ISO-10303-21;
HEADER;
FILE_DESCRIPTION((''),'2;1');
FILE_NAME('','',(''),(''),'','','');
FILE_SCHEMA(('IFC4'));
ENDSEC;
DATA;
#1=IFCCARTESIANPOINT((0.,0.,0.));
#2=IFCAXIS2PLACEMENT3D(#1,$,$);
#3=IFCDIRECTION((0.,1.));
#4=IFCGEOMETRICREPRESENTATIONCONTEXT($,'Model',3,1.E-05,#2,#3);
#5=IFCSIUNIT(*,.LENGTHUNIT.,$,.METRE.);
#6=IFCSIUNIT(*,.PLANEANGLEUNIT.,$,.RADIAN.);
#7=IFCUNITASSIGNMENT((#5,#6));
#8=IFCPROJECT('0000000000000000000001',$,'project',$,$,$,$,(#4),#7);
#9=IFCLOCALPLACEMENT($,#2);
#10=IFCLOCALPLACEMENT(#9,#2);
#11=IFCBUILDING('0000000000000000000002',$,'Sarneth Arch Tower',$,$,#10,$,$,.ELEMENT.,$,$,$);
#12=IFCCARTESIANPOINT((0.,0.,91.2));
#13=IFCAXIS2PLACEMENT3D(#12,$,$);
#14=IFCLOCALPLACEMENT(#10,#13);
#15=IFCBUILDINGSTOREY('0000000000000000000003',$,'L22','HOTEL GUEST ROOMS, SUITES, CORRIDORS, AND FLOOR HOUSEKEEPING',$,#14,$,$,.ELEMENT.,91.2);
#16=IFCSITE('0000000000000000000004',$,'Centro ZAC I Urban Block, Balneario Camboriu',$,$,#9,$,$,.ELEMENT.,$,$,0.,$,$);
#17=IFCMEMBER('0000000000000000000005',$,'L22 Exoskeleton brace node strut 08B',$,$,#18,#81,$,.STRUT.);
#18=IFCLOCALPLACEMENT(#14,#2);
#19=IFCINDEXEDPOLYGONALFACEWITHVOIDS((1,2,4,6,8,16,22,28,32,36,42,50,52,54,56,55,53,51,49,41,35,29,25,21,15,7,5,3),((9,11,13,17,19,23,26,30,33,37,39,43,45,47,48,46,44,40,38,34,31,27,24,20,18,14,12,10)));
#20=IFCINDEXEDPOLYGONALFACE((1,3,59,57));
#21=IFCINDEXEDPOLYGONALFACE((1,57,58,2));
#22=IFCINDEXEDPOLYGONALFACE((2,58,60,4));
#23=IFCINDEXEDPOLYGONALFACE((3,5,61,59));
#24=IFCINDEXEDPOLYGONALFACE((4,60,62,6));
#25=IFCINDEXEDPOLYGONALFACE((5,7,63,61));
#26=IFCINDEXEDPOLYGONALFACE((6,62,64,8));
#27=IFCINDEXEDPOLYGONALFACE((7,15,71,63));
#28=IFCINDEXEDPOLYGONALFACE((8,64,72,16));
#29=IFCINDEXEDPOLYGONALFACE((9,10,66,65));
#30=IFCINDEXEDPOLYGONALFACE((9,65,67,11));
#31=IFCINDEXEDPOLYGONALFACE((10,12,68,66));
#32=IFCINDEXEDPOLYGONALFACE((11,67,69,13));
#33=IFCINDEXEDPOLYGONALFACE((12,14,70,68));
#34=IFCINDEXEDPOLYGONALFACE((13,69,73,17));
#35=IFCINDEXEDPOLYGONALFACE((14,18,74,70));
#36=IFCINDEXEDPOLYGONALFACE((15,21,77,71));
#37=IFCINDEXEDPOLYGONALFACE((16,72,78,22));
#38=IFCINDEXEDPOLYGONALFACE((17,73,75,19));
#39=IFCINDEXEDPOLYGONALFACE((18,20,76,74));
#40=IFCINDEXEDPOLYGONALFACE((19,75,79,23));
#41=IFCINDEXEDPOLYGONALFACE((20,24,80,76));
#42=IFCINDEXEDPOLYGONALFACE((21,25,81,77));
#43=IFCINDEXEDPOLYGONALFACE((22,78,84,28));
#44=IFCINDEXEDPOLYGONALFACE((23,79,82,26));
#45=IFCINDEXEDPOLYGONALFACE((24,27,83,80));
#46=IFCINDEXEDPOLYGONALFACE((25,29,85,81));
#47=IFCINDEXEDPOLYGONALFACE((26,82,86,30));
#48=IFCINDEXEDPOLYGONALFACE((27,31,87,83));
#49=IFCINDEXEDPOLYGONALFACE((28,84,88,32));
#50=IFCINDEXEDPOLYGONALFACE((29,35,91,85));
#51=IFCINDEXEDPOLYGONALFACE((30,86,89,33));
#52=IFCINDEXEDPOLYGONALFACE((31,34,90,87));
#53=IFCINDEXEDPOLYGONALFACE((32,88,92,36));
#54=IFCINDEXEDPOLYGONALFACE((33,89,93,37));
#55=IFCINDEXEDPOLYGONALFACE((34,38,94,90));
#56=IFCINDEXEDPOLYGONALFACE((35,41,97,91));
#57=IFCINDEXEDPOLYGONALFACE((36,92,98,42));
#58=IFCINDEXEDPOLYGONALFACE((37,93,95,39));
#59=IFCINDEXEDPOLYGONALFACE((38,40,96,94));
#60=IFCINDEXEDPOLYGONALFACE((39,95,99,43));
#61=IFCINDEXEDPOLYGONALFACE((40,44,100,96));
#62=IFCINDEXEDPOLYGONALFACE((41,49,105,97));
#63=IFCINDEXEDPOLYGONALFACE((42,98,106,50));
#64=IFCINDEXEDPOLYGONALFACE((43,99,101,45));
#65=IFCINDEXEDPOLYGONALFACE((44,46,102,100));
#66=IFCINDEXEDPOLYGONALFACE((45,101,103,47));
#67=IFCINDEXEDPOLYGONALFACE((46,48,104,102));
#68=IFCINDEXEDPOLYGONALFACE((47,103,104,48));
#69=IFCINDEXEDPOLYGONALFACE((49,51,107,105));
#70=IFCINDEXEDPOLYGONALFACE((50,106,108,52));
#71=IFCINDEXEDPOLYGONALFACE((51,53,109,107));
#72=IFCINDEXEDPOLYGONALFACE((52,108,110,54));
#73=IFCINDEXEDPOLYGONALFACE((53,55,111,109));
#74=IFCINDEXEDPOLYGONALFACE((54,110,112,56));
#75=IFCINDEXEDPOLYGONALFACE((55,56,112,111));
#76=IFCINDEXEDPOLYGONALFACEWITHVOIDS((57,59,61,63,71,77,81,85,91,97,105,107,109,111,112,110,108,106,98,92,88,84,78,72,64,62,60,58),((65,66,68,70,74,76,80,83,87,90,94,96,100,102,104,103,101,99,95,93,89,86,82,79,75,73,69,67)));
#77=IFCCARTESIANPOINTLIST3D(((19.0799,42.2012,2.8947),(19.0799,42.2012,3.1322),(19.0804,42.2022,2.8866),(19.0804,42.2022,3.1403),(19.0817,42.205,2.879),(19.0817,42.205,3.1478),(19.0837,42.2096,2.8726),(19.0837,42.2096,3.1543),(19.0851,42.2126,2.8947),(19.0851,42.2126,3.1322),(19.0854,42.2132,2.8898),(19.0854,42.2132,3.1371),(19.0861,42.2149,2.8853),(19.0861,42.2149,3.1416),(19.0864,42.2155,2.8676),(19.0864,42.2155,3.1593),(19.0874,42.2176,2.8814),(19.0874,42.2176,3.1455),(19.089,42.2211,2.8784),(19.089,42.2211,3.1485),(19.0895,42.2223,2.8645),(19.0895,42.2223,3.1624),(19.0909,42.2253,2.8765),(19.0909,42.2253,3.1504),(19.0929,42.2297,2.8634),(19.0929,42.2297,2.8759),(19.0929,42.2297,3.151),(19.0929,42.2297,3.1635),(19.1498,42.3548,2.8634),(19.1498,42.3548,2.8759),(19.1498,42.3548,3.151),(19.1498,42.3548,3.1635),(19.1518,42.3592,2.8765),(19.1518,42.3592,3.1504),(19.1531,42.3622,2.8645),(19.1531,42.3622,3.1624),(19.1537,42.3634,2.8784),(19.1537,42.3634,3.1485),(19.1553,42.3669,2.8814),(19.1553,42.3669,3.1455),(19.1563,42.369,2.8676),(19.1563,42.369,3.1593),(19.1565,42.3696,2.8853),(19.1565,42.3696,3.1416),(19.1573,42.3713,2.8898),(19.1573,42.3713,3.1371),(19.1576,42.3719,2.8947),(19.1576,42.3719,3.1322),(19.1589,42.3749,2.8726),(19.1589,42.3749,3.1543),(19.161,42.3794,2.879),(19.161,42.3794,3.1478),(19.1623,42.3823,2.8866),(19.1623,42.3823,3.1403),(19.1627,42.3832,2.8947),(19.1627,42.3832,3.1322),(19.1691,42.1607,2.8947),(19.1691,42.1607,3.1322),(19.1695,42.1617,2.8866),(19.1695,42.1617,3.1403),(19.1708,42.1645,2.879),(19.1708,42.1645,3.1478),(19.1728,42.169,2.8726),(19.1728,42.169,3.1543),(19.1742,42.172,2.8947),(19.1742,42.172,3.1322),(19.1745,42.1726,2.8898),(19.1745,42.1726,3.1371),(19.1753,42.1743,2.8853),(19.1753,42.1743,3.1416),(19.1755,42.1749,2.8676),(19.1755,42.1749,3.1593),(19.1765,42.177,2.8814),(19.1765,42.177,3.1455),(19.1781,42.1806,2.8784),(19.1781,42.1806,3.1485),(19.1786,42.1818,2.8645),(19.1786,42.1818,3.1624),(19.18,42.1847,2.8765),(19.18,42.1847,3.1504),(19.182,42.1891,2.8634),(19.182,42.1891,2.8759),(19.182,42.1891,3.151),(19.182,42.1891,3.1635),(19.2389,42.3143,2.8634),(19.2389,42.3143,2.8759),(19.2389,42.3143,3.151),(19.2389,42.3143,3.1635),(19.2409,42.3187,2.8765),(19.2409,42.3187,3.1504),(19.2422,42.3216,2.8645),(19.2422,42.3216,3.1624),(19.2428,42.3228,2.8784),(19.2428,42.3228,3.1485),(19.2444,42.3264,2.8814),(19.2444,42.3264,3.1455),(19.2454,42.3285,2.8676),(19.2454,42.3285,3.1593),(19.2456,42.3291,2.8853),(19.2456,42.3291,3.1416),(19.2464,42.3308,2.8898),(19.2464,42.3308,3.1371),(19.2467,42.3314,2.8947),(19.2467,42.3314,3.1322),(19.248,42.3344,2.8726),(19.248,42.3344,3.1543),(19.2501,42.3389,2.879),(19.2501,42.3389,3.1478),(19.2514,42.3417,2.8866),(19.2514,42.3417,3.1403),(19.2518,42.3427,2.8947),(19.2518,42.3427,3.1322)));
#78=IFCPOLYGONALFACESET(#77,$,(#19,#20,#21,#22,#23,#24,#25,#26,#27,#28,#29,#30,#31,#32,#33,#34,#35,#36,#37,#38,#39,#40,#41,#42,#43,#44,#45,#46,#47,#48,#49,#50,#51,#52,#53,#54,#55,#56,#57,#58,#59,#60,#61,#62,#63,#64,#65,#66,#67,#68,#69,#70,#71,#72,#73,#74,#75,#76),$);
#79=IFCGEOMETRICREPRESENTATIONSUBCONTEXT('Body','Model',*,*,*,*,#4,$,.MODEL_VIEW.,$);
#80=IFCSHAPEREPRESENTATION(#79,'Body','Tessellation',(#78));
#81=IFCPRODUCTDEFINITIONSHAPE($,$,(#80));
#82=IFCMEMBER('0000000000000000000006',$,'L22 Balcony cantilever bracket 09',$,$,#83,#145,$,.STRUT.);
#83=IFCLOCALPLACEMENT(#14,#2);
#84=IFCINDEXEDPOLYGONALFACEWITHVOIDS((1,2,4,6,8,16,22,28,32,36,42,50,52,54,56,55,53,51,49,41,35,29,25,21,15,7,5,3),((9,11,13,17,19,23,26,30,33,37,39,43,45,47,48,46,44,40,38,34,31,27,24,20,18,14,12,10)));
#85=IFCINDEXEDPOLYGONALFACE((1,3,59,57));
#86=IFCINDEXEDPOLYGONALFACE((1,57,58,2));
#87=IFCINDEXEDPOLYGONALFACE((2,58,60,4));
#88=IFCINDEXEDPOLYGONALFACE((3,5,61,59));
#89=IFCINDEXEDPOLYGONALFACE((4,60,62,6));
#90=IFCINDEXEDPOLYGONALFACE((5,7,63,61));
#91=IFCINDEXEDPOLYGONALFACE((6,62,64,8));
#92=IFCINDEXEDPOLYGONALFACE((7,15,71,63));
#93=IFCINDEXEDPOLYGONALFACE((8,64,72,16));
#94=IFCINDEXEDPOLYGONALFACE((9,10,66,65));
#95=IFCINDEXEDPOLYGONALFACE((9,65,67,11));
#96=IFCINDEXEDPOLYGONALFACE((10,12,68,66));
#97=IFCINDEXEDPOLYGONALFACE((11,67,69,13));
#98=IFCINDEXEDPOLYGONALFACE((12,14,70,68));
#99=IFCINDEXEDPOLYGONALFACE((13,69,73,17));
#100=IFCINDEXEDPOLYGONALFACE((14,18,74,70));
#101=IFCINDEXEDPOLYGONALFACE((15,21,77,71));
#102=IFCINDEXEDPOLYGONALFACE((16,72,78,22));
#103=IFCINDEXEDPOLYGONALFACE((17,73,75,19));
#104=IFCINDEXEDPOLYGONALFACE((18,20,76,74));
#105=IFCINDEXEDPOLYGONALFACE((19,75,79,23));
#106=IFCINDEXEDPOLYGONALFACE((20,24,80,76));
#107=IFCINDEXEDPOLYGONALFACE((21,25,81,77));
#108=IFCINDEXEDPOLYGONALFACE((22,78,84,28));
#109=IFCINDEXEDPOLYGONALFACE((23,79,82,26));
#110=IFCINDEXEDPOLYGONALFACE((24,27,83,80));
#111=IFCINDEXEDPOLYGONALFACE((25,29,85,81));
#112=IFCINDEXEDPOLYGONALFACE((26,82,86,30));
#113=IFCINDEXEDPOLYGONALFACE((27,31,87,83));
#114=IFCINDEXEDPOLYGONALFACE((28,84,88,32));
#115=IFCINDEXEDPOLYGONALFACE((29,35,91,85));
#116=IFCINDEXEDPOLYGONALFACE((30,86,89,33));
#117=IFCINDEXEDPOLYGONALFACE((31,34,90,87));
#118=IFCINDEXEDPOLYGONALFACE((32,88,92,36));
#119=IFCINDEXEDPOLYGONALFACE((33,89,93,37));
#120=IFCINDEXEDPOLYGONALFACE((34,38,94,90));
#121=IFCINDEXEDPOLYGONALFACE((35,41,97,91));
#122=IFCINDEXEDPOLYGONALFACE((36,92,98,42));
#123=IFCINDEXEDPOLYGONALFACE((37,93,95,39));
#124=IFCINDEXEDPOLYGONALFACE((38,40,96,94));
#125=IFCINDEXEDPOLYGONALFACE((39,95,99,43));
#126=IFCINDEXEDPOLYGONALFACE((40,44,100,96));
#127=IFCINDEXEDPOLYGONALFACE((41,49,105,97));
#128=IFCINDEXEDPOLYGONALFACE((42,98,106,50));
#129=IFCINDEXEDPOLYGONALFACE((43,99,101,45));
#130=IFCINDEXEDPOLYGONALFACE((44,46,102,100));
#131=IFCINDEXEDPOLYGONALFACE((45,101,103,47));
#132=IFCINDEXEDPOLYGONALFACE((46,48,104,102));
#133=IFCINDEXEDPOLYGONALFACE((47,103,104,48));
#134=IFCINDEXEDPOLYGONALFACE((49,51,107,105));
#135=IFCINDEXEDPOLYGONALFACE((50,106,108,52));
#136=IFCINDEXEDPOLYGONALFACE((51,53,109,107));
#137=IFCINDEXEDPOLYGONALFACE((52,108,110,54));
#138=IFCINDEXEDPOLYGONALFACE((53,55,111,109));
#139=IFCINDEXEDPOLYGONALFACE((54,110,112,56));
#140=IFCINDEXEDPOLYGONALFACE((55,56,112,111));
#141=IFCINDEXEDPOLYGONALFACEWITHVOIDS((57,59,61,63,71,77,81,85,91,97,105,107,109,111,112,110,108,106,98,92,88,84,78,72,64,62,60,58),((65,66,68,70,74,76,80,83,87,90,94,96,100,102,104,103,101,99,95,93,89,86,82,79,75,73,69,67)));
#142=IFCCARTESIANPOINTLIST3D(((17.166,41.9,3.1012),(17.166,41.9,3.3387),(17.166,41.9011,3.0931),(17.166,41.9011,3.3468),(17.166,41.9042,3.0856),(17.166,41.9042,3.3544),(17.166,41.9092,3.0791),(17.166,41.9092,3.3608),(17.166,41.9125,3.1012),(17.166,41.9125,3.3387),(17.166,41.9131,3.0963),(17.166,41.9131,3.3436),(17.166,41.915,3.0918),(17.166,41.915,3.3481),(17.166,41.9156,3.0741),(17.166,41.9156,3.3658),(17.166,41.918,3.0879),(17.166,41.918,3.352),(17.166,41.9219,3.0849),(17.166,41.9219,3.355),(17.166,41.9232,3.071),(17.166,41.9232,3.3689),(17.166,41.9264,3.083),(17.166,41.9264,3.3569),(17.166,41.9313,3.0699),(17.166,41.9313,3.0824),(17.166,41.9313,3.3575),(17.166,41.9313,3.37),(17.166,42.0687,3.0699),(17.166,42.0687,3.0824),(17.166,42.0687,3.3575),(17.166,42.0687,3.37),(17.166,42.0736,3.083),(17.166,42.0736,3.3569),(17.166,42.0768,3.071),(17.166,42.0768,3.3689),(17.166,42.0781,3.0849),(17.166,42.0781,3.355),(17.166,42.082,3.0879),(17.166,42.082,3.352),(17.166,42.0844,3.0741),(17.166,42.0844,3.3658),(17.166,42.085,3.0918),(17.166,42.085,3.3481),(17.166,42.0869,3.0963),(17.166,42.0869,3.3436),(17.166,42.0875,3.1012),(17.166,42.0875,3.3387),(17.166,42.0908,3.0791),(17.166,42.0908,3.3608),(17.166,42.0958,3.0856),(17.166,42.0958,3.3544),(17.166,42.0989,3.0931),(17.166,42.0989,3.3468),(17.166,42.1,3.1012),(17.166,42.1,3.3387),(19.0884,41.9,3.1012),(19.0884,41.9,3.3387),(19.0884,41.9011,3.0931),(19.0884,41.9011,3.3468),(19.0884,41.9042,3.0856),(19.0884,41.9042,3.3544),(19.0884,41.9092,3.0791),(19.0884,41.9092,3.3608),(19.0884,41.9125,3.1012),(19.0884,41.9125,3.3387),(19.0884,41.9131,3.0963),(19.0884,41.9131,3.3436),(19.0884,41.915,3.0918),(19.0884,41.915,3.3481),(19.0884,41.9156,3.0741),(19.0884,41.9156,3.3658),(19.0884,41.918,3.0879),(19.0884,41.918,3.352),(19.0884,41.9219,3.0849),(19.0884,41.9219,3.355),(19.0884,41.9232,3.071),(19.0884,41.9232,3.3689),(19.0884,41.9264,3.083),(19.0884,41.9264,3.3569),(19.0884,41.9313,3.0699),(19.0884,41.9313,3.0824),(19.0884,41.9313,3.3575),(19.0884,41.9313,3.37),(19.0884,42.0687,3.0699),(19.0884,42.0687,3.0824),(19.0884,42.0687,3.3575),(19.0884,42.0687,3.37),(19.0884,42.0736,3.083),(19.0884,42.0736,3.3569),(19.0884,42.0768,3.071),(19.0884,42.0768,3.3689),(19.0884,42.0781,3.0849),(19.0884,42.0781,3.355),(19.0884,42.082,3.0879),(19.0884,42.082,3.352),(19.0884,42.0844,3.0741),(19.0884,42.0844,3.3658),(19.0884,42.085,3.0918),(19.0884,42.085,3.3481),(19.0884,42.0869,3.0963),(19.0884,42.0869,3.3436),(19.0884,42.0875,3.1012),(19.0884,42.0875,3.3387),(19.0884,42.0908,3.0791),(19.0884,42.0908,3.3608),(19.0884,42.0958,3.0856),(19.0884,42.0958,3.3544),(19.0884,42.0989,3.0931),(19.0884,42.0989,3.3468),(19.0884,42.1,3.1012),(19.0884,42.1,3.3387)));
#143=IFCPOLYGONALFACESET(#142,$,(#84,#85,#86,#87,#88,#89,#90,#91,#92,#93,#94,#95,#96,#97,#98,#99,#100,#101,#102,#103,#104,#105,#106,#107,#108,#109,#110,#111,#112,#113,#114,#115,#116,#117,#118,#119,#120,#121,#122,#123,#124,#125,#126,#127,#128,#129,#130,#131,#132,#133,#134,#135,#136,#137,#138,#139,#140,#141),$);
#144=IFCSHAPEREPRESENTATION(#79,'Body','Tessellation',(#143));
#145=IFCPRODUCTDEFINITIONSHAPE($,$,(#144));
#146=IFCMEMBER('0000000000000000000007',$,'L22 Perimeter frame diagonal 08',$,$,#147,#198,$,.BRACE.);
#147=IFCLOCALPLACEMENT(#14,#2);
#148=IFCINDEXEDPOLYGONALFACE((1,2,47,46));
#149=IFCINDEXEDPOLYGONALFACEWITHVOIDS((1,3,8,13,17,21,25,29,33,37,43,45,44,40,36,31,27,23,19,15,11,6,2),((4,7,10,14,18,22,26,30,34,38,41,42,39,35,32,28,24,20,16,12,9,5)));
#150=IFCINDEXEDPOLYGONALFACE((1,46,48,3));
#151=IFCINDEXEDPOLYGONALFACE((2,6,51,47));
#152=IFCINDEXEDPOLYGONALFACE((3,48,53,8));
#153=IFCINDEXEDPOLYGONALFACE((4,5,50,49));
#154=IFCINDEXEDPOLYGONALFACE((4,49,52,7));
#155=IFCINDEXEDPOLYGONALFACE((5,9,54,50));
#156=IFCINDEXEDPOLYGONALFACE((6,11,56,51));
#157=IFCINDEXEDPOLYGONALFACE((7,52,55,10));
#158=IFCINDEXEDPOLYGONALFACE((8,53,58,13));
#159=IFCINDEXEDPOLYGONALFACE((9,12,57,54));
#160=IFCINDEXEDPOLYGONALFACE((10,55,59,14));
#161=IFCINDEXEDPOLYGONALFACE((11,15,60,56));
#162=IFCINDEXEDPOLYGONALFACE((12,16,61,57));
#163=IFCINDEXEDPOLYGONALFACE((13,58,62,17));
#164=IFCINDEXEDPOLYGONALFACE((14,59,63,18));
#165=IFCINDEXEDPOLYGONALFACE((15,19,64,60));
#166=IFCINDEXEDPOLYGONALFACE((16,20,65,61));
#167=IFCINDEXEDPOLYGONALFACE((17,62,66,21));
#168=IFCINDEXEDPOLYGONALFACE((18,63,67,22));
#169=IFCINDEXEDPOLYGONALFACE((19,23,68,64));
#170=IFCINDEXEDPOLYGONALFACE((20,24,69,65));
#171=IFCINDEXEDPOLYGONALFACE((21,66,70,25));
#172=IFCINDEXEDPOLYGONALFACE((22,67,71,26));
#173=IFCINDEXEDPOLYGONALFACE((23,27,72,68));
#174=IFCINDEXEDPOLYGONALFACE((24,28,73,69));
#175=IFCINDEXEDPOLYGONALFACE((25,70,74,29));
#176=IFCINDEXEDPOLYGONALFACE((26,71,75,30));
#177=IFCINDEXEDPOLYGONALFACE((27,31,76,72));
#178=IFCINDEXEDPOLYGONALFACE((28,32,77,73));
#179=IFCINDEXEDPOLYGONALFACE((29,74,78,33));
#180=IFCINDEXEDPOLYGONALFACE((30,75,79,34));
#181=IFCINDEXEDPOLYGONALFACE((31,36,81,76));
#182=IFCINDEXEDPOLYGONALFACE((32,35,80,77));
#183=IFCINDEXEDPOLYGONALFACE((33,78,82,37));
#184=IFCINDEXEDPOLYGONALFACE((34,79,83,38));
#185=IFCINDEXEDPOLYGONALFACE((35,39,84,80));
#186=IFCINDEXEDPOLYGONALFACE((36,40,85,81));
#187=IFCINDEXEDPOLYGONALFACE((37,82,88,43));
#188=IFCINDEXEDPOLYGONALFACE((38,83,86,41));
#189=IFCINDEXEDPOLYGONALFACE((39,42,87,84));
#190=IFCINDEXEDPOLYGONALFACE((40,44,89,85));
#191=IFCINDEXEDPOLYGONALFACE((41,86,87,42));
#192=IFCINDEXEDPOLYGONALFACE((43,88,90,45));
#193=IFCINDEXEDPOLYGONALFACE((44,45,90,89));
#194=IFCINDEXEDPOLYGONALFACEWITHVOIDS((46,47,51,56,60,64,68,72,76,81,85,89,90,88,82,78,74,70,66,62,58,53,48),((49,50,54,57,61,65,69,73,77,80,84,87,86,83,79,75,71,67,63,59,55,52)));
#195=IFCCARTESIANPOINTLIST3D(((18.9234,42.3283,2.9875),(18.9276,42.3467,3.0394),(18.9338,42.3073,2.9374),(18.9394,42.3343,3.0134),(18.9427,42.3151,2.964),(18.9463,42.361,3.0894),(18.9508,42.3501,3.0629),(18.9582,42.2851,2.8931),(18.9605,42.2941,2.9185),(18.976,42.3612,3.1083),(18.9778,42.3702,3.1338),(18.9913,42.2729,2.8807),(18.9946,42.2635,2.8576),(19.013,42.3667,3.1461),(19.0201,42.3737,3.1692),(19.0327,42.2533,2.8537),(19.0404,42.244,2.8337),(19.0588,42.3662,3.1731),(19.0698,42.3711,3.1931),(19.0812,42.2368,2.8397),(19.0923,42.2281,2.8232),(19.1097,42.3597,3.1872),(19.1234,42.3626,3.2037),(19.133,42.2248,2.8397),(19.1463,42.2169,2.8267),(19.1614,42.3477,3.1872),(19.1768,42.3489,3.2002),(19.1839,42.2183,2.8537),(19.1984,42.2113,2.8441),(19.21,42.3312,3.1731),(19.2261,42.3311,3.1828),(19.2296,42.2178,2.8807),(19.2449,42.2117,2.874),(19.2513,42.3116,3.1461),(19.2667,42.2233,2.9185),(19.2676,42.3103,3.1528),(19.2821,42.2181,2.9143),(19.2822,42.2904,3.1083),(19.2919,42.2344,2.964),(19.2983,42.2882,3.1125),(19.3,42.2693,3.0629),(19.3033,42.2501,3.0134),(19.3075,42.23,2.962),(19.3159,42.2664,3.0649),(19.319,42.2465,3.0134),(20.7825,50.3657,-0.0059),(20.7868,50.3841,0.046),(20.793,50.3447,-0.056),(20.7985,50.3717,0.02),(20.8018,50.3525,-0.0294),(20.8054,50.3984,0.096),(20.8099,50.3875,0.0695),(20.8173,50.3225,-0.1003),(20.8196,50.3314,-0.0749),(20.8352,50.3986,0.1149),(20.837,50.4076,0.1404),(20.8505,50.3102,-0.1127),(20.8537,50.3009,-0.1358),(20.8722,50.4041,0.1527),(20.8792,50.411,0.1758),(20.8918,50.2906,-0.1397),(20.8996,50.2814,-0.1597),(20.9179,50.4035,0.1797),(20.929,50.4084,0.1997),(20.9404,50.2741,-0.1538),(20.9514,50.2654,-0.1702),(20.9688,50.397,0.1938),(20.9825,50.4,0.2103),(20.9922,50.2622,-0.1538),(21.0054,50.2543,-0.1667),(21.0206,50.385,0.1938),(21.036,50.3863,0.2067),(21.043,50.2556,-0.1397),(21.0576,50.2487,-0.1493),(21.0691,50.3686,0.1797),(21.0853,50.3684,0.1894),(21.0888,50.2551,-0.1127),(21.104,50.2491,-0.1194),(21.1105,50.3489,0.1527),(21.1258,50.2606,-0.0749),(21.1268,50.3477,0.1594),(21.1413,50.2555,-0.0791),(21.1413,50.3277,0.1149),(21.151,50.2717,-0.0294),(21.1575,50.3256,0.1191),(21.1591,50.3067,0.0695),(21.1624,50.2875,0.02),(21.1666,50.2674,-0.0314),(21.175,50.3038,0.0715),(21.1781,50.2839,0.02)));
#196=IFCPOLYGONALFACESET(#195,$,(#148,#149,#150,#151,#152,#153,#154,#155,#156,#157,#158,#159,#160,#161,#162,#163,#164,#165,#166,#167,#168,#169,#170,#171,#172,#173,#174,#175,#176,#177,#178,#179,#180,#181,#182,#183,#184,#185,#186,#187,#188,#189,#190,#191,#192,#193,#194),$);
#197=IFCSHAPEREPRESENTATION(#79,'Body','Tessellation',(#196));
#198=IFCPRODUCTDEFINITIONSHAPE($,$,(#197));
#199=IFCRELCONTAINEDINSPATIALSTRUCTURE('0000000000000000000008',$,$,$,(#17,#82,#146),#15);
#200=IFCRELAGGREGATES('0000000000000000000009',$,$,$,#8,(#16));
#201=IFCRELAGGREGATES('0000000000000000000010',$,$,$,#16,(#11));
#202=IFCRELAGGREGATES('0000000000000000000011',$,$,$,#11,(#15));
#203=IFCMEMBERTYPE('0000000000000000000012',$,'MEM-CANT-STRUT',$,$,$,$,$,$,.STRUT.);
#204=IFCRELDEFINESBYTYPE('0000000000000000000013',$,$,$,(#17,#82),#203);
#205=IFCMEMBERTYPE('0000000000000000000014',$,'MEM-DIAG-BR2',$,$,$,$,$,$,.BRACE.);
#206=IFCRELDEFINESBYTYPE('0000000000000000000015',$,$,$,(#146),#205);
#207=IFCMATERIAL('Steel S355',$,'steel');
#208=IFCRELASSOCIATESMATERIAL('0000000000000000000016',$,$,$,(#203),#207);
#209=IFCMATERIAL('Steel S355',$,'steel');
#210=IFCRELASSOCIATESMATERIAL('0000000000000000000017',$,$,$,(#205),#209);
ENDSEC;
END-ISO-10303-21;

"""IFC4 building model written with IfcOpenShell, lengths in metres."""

from ifc_helpers import new_model, si_unit, direction, frame, origin, origin_2d, place, context, subcontext, project, spatial, hollow_rectangle, hollow_circle, extrude, material, material_profile, profile_set, type_object, element, save


model = new_model("IFC4")

# Units and contexts
model_context = context("Model", 3, precision=1e-05, world=origin(), true_north=direction((0.0, 1.0)))
body_context = subcontext(model_context, "Body", "Model", "MODEL_VIEW")
ifc_project = project(units=[si_unit("LENGTHUNIT", "METRE"), si_unit("PLANEANGLEUNIT", "RADIAN")], contexts=[model_context])

# Site, building, storey
site_placement = place(None, origin())
site = spatial("IfcSite", under=ifc_project, at=site_placement, Name="Centro ZAC I Urban Block, Balneario Camboriu", CompositionType="ELEMENT", RefElevation=0.0)
building_placement = place(site_placement, origin())
building = spatial("IfcBuilding", under=site, at=building_placement, Name="Sarneth Arch Tower", CompositionType="ELEMENT")
storey_placement = place(building_placement, frame((0.0, 0.0, 91.2)))
storey = spatial("IfcBuildingStorey", under=building, at=storey_placement, Name="L22", Description="HOTEL GUEST ROOMS, SUITES, CORRIDORS, AND FLOOR HOUSEKEEPING", CompositionType="ELEMENT", Elevation=91.2)

# Members
ifc_material_1 = material(Name="Steel S355", Category="steel")
ifc_material_profile_1 = material_profile(ifc_material_1, hollow_rectangle(XDim=0.2, YDim=0.3, WallThickness=0.0125, InnerFilletRadius=0.0188, OuterFilletRadius=0.0312, at=origin_2d()), Name="RHS300x200x12.5")
ifc_profile_set_1 = profile_set([ifc_material_profile_1], Name="Steel S355")
member_type_1 = type_object("IfcMemberType", Name="MEM-CANT-STRUT", PredefinedType="STRUT", material=ifc_profile_set_1)
member_1_placement = place(storey_placement, frame((19.2104, 42.2517, 3.0134), z_axis=(-0.910281, 0.413991, 0.0), x_axis=(-0.413991, -0.910281, 0.0)))
element("IfcMember", 1, at=member_1_placement, inside=storey, type_object=member_type_1, Name="L22 Exoskeleton brace node strut 08B", PredefinedType="STRUT", context=body_context, shape_type="SweptSolid", body=[
    extrude(hollow_rectangle(XDim=0.2, YDim=0.3, WallThickness=0.0125, InnerFilletRadius=0.0188, OuterFilletRadius=0.0312, at=origin_2d()), origin(), (0.0, 0.0, 1.0), 0.0979),
])
member_2_placement = place(storey_placement, frame((19.0884, 42.0, 3.22), z_axis=(-1.0, 0.0, 0.0), x_axis=(0.0, -1.0, 0.0)))
element("IfcMember", 2, at=member_2_placement, inside=storey, type_object=member_type_1, Name="L22 Balcony cantilever bracket 09", PredefinedType="STRUT", context=body_context, shape_type="SweptSolid", body=[
    extrude(hollow_rectangle(XDim=0.2, YDim=0.3, WallThickness=0.0125, InnerFilletRadius=0.0188, OuterFilletRadius=0.0312, at=origin_2d()), origin(), (0.0, 0.0, 1.0), 1.9224),
])
ifc_material_2 = material(Name="Steel S355", Category="steel")
ifc_material_profile_2 = material_profile(ifc_material_2, hollow_circle(Radius=0.2029, WallThickness=0.0161, at=origin_2d()), Name="CHS406x16")
ifc_profile_set_2 = profile_set([ifc_material_profile_2], Name="Steel S355")
member_type_2 = type_object("IfcMemberType", Name="MEM-DIAG-BR2", PredefinedType="BRACE", material=ifc_profile_set_2)
member_3_placement = place(storey_placement, frame((20.9805, 50.3296, 0.02), z_axis=(-0.211846, -0.915847, 0.341095), x_axis=(0.974275, -0.225361, 0.0)))
element("IfcMember", 3, at=member_3_placement, inside=storey, type_object=member_type_2, Name="L22 Perimeter frame diagonal 08", PredefinedType="BRACE", context=body_context, shape_type="SweptSolid", body=[
    extrude(hollow_circle(Radius=0.2029, WallThickness=0.0161, at=origin_2d()), origin(), (0.0, 0.0, 1.0), 8.7759),
])

save(model, "model.ifc")
